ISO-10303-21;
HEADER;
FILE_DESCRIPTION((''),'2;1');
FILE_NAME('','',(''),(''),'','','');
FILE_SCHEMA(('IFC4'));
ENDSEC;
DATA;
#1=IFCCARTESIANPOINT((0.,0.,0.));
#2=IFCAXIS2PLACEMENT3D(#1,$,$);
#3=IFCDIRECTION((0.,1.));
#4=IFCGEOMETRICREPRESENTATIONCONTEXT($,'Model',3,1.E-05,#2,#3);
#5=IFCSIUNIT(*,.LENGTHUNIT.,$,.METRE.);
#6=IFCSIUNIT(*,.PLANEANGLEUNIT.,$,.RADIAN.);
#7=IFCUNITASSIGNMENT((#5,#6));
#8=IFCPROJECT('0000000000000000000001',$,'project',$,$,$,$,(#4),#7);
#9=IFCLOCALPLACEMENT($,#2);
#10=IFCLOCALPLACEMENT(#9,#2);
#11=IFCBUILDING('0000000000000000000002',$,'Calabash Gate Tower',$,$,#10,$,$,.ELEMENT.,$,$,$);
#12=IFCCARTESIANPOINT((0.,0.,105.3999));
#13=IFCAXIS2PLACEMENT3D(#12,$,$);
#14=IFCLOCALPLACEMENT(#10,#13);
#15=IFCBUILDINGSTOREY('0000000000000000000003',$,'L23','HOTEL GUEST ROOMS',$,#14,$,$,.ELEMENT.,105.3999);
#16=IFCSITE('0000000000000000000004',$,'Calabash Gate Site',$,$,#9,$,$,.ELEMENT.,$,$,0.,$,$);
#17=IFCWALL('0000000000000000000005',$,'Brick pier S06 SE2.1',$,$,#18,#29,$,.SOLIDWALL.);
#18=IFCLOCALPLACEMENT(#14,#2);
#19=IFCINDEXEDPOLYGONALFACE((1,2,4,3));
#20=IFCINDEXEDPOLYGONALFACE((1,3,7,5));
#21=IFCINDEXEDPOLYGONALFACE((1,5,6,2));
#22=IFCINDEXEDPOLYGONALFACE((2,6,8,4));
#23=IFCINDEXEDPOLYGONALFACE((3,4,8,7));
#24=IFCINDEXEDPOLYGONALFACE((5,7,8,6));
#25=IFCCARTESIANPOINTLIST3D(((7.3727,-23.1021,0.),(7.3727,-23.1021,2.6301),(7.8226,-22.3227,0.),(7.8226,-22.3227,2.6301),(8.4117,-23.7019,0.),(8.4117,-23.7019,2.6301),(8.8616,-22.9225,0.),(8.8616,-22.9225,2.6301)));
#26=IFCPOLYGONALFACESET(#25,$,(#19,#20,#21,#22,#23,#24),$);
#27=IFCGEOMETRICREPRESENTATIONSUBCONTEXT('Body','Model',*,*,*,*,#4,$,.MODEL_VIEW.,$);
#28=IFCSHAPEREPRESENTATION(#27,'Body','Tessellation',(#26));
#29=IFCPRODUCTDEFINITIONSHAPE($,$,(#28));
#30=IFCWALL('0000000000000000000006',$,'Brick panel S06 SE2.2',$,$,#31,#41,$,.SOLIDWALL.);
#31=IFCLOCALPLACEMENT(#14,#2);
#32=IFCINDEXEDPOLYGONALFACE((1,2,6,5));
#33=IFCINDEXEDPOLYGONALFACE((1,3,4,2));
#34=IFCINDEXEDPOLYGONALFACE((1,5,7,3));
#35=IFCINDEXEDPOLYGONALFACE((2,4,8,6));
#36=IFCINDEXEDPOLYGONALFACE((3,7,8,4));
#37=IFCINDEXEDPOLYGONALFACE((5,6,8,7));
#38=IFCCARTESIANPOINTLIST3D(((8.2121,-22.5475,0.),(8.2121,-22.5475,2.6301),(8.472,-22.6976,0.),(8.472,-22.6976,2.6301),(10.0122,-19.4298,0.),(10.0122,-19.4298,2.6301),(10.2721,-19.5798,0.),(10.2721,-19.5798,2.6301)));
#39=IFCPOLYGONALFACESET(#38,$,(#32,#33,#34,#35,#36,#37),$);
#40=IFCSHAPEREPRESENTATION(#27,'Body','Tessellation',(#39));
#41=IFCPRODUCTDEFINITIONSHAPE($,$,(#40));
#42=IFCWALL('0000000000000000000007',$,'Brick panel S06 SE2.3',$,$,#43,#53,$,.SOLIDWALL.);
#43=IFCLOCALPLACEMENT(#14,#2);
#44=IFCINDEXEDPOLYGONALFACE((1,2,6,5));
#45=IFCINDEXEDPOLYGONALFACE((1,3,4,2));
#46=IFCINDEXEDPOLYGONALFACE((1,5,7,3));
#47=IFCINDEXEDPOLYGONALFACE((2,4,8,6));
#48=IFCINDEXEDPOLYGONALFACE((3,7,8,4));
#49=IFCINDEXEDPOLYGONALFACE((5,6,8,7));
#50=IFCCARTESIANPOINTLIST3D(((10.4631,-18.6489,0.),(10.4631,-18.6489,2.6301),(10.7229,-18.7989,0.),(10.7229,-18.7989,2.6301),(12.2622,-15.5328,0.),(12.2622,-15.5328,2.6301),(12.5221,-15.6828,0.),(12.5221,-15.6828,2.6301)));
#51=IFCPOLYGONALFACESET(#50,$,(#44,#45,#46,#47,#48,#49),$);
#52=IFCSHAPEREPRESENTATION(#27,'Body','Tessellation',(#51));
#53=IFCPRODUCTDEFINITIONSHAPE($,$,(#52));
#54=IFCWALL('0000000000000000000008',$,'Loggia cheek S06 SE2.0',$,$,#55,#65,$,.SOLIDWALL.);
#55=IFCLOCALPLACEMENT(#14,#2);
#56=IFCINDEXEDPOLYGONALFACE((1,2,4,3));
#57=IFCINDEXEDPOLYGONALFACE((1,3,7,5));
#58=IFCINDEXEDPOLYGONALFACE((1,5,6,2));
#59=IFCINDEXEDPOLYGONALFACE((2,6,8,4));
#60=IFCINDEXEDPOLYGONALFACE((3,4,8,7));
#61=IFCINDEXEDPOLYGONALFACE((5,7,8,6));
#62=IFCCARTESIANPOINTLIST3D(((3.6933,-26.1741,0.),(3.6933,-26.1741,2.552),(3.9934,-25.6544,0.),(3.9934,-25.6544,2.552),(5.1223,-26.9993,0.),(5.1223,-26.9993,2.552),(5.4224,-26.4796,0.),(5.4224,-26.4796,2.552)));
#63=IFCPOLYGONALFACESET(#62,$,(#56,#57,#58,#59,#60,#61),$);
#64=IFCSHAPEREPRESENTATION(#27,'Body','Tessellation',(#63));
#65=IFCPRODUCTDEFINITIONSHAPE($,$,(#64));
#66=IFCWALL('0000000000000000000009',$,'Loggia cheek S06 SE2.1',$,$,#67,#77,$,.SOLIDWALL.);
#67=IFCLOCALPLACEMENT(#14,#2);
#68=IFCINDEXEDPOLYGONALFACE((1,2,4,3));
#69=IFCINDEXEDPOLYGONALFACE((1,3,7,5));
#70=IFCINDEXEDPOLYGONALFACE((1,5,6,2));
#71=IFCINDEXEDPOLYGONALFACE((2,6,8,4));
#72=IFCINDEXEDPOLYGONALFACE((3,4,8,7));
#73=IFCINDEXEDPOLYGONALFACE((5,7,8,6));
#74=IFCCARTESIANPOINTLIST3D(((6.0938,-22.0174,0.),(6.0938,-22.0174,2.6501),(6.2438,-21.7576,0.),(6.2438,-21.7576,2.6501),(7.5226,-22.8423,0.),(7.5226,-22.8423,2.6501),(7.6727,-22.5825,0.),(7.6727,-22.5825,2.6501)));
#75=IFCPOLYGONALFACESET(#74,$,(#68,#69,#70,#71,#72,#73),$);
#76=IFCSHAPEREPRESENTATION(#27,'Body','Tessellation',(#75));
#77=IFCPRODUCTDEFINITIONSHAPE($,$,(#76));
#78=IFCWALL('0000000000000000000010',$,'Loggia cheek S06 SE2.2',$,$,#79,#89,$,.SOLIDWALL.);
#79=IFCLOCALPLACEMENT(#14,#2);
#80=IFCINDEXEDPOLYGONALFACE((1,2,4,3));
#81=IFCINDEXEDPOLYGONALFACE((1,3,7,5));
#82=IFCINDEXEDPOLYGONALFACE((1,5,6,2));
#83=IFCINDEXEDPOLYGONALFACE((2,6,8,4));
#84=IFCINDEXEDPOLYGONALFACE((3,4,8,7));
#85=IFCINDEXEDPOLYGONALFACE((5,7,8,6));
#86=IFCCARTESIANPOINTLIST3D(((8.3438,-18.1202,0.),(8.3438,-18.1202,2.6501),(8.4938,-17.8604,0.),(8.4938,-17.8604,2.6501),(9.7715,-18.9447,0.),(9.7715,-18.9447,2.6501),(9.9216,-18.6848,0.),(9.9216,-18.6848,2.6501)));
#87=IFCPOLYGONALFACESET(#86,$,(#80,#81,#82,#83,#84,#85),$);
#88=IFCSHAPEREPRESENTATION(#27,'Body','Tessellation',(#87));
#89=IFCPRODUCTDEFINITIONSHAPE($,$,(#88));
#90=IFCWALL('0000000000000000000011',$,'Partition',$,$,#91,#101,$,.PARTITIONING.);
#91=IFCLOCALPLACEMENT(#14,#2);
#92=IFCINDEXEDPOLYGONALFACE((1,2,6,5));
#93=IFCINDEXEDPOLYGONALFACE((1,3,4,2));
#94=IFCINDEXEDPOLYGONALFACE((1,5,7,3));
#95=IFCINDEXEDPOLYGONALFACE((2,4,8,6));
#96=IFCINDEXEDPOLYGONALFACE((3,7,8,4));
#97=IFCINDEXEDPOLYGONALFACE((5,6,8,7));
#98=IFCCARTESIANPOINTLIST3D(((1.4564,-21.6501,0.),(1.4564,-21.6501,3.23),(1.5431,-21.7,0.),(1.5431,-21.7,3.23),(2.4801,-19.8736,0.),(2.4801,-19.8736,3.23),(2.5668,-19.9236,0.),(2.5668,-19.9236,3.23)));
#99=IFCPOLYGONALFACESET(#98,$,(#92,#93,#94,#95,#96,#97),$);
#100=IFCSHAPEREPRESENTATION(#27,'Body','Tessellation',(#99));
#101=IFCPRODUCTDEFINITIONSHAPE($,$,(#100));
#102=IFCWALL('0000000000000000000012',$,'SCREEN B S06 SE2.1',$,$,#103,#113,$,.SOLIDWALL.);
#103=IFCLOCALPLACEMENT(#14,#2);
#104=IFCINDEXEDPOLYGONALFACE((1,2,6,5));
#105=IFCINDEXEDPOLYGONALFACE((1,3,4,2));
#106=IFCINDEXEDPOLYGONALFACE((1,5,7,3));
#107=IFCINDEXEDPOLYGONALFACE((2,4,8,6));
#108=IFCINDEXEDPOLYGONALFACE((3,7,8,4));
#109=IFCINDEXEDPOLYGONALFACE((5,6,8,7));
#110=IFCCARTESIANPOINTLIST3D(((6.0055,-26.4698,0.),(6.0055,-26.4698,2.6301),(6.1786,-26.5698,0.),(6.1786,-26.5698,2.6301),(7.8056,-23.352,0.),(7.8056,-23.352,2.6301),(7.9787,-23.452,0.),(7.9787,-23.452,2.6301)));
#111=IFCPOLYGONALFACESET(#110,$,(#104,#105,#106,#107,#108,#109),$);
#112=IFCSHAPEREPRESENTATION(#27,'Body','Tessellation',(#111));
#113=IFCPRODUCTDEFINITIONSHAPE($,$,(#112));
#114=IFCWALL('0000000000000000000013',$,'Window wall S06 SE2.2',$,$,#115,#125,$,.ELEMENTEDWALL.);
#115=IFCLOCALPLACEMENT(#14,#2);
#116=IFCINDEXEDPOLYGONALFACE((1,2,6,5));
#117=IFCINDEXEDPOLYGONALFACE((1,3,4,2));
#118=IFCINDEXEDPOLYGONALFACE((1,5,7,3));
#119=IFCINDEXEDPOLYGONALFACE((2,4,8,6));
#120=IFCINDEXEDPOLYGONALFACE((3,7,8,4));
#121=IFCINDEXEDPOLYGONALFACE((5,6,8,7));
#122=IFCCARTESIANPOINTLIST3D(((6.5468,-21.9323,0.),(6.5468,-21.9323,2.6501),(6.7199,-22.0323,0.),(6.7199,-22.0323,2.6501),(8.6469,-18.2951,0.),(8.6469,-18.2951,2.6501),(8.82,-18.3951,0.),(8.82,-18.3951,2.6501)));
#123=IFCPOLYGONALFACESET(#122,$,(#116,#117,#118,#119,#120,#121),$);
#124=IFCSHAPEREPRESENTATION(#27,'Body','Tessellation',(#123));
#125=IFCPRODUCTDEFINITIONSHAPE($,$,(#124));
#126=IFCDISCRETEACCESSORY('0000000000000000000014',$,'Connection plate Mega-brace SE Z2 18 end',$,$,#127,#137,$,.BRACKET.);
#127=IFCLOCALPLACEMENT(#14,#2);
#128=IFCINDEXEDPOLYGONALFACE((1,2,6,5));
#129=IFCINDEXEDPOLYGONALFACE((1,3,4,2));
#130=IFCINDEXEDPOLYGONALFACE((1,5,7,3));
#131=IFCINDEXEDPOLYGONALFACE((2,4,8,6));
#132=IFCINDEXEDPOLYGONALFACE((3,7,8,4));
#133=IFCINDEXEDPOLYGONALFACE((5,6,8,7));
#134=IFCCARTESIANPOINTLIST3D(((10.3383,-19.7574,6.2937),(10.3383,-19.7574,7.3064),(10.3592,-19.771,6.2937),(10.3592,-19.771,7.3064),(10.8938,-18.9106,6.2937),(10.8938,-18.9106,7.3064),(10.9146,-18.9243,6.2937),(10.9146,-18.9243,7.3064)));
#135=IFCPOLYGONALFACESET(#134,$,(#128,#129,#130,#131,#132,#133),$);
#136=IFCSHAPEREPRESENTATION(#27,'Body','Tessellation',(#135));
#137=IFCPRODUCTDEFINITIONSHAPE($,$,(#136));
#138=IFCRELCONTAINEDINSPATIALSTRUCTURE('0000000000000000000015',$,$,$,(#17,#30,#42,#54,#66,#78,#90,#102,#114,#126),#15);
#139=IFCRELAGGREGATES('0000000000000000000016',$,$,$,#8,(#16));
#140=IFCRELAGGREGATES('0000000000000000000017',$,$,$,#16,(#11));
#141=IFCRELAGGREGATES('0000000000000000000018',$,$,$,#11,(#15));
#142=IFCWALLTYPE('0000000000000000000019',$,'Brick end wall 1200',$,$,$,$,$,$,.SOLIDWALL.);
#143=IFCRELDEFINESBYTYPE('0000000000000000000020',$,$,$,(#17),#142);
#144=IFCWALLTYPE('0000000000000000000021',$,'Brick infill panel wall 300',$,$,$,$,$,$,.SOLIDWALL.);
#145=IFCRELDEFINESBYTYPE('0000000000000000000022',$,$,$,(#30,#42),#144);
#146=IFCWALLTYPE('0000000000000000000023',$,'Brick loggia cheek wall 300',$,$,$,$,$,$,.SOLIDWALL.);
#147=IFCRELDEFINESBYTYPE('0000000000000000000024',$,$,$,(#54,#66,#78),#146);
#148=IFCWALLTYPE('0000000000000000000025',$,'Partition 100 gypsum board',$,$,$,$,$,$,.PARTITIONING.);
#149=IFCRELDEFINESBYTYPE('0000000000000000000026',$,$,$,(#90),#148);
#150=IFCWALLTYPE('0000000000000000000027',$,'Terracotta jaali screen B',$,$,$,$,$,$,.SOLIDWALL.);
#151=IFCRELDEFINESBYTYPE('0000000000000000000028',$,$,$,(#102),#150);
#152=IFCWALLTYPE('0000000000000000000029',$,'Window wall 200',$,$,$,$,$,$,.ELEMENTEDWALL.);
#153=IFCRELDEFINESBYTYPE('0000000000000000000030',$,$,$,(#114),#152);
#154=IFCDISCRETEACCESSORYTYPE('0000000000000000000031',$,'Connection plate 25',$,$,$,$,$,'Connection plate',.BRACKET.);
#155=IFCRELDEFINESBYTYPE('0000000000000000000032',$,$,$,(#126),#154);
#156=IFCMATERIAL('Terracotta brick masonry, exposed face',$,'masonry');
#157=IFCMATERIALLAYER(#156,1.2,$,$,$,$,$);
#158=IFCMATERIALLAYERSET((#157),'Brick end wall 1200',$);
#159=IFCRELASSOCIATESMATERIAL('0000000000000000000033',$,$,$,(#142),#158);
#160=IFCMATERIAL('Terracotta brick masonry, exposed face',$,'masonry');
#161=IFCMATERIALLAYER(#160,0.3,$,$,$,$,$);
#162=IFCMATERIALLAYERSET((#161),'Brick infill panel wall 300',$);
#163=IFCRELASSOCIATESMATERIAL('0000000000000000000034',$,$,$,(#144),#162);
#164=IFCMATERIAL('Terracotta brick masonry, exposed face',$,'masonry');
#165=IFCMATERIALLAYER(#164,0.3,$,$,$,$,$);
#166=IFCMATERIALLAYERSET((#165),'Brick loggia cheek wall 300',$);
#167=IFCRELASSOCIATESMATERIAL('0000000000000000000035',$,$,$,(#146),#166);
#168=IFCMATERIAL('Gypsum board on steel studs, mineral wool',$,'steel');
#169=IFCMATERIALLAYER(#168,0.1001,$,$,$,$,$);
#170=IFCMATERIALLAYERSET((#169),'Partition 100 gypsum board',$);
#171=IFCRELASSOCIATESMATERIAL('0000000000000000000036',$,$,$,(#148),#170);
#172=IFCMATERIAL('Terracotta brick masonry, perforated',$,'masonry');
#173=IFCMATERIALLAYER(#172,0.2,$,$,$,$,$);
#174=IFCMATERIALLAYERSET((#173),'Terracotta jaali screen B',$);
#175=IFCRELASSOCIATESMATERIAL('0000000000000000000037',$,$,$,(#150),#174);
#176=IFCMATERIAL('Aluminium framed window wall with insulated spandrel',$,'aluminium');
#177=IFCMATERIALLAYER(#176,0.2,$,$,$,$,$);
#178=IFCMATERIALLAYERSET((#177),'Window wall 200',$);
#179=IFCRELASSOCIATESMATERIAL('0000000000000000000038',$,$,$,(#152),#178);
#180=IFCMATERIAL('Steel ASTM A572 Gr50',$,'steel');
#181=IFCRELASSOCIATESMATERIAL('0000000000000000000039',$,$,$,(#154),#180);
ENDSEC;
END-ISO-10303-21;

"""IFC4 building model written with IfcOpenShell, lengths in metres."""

from ifc_helpers import new_model, si_unit, direction, frame, frame_2d, origin, origin_2d, place, context, subcontext, project, spatial, rectangle, extrude, material, layer, layer_set, type_object, element, save


model = new_model("IFC4")

# Units and contexts
model_context = context("Model", 3, precision=1e-05, world=origin(), true_north=direction((0.0, 1.0)))
body_context = subcontext(model_context, "Body", "Model", "MODEL_VIEW")
ifc_project = project(units=[si_unit("LENGTHUNIT", "METRE"), si_unit("PLANEANGLEUNIT", "RADIAN")], contexts=[model_context])

# Site, building, storey
site_placement = place(None, origin())
site = spatial("IfcSite", under=ifc_project, at=site_placement, Name="Calabash Gate Site", CompositionType="ELEMENT", RefElevation=0.0)
building_placement = place(site_placement, origin())
building = spatial("IfcBuilding", under=site, at=building_placement, Name="Calabash Gate Tower", CompositionType="ELEMENT")
storey_placement = place(building_placement, frame((0.0, 0.0, 105.3999)))
storey = spatial("IfcBuildingStorey", under=building, at=storey_placement, Name="L23", Description="HOTEL GUEST ROOMS", CompositionType="ELEMENT", Elevation=105.3999)

# Walls
ifc_material_1 = material(Name="Terracotta brick masonry, exposed face", Category="masonry")
ifc_layer_1 = layer(ifc_material_1, 1.2)
ifc_layer_set_1 = layer_set([ifc_layer_1], Name="Brick end wall 1200")
wall_type_1 = type_object("IfcWallType", Name="Brick end wall 1200", PredefinedType="SOLIDWALL", material=ifc_layer_set_1)
wall_1_placement = place(storey_placement, frame((7.5977, -22.7124, 0.0), z_axis=(0.0, 0.0, 1.0), x_axis=(0.866043, -0.499969, 0.0)))
element("IfcWall", 1, at=wall_1_placement, inside=storey, type_object=wall_type_1, Name="Brick pier S06 SE2.1", PredefinedType="SOLIDWALL", context=body_context, shape_type="SweptSolid", body=[
    extrude(rectangle(XDim=1.1997, YDim=0.8999, at=frame_2d((0.5999, 0.0))), origin(), (0.0, 0.0, 1.0), 2.6301),
])
ifc_material_2 = material(Name="Terracotta brick masonry, exposed face", Category="masonry")
ifc_layer_2 = layer(ifc_material_2, 0.3)
ifc_layer_set_2 = layer_set([ifc_layer_2], Name="Brick infill panel wall 300")
wall_type_2 = type_object("IfcWallType", Name="Brick infill panel wall 300", PredefinedType="SOLIDWALL", material=ifc_layer_set_2)
wall_2_placement = place(storey_placement, frame((8.342, -22.6226, 0.0), z_axis=(0.0, 0.0, 1.0), x_axis=(0.500012, 0.866018, 0.0)))
element("IfcWall", 2, at=wall_2_placement, inside=storey, type_object=wall_type_2, Name="Brick panel S06 SE2.2", PredefinedType="SOLIDWALL", context=body_context, shape_type="SweptSolid", body=[
    extrude(rectangle(XDim=3.6001, YDim=0.3, at=frame_2d((1.8, 0.0))), origin(), (0.0, 0.0, 1.0), 2.6301),
])
wall_3_placement = place(storey_placement, frame((10.593, -18.7239, 0.0), z_axis=(0.0, 0.0, 1.0), x_axis=(0.500014, 0.866017, 0.0)))
element("IfcWall", 3, at=wall_3_placement, inside=storey, type_object=wall_type_2, Name="Brick panel S06 SE2.3", PredefinedType="SOLIDWALL", context=body_context, shape_type="SweptSolid", body=[
    extrude(rectangle(XDim=3.5981, YDim=0.3, at=frame_2d((1.7991, 0.0))), origin(), (0.0, 0.0, 1.0), 2.6301),
])
ifc_material_3 = material(Name="Terracotta brick masonry, exposed face", Category="masonry")
ifc_layer_3 = layer(ifc_material_3, 0.3)
ifc_layer_set_3 = layer_set([ifc_layer_3], Name="Brick loggia cheek wall 300")
wall_type_3 = type_object("IfcWallType", Name="Brick loggia cheek wall 300", PredefinedType="SOLIDWALL", material=ifc_layer_set_3)
wall_4_placement = place(storey_placement, frame((5.2725, -26.7395, 0.0), z_axis=(0.0, 0.0, 1.0), x_axis=(-0.865976, 0.500085, 0.0)))
element("IfcWall", 4, at=wall_4_placement, inside=storey, type_object=wall_type_3, Name="Loggia cheek S06 SE2.0", PredefinedType="SOLIDWALL", context=body_context, shape_type="SweptSolid", body=[
    extrude(rectangle(XDim=1.6501, YDim=0.6001, at=frame_2d((0.8252, 0.0))), origin(), (0.0, 0.0, 1.0), 2.552),
])
wall_5_placement = place(storey_placement, frame((7.5977, -22.7124, 0.0), z_axis=(0.0, 0.0, 1.0), x_axis=(-0.86604, 0.499974, 0.0)))
element("IfcWall", 5, at=wall_5_placement, inside=storey, type_object=wall_type_3, Name="Loggia cheek S06 SE2.1", PredefinedType="SOLIDWALL", context=body_context, shape_type="SweptSolid", body=[
    extrude(rectangle(XDim=1.6499, YDim=0.3, at=frame_2d((0.825, 0.0))), origin(), (0.0, 0.0, 1.0), 2.6501),
])
wall_6_placement = place(storey_placement, frame((9.8464, -18.8147, 0.0), z_axis=(0.0, 0.0, 1.0), x_axis=(-0.865983, 0.500073, 0.0)))
element("IfcWall", 6, at=wall_6_placement, inside=storey, type_object=wall_type_3, Name="Loggia cheek S06 SE2.2", PredefinedType="SOLIDWALL", context=body_context, shape_type="SweptSolid", body=[
    extrude(rectangle(XDim=1.6487, YDim=0.3, at=frame_2d((0.8242, 0.0))), origin(), (0.0, 0.0, 1.0), 2.6501),
])
ifc_material_4 = material(Name="Gypsum board on steel studs, mineral wool", Category="steel")
ifc_layer_4 = layer(ifc_material_4, 0.1001)
ifc_layer_set_4 = layer_set([ifc_layer_4], Name="Partition 100 gypsum board")
wall_type_4 = type_object("IfcWallType", Name="Partition 100 gypsum board", PredefinedType="PARTITIONING", material=ifc_layer_set_4)
wall_7_placement = place(storey_placement, frame((1.4998, -21.675, 0.0), z_axis=(0.0, 0.0, 1.0), x_axis=(0.499303, 0.866427, 0.0)))
element("IfcWall", 7, at=wall_7_placement, inside=storey, type_object=wall_type_4, Name="Partition", PredefinedType="PARTITIONING", context=body_context, shape_type="SweptSolid", body=[
    extrude(rectangle(XDim=2.0503, YDim=0.1001, at=frame_2d((1.0251, 0.0))), origin(), (0.0, 0.0, 1.0), 3.23),
])
ifc_material_5 = material(Name="Terracotta brick masonry, perforated", Category="masonry")
ifc_layer_5 = layer(ifc_material_5, 0.2)
ifc_layer_set_5 = layer_set([ifc_layer_5], Name="Terracotta jaali screen B")
wall_type_5 = type_object("IfcWallType", Name="Terracotta jaali screen B", PredefinedType="SOLIDWALL", material=ifc_layer_set_5)
wall_8_placement = place(storey_placement, frame((6.092, -26.5198, 0.0), z_axis=(0.0, 0.0, 1.0), x_axis=(0.500012, 0.866018, 0.0)))
element("IfcWall", 8, at=wall_8_placement, inside=storey, type_object=wall_type_5, Name="SCREEN B S06 SE2.1", PredefinedType="SOLIDWALL", context=body_context, shape_type="SweptSolid", body=[
    extrude(rectangle(XDim=3.6001, YDim=0.2, at=frame_2d((1.8, 0.0))), origin(), (0.0, 0.0, 1.0), 2.6301),
])

# Shared definitions
ifc_material_6 = material(Name="Aluminium framed window wall with insulated spandrel", Category="aluminium")
ifc_layer_6 = layer(ifc_material_6, 0.2)
ifc_layer_set_6 = layer_set([ifc_layer_6], Name="Window wall 200")
wall_type_6 = type_object("IfcWallType", Name="Window wall 200", PredefinedType="ELEMENTEDWALL", material=ifc_layer_set_6)

# Wall
wall_9_placement = place(storey_placement, frame((6.6333, -21.9824, 0.0), z_axis=(0.0, 0.0, 1.0), x_axis=(0.500028, 0.866009, 0.0)))
element("IfcWall", 9, at=wall_9_placement, inside=storey, type_object=wall_type_6, Name="Window wall S06 SE2.2", PredefinedType="ELEMENTEDWALL", context=body_context, shape_type="SweptSolid", body=[
    extrude(rectangle(XDim=4.2, YDim=0.2, at=frame_2d((2.1001, 0.0))), origin(), (0.0, 0.0, 1.0), 2.6501),
])

# Discrete accessory
ifc_material_7 = material(Name="Steel ASTM A572 Gr50", Category="steel")
discrete_accessory_type = type_object("IfcDiscreteAccessoryType", Name="Connection plate 25", ElementType="Connection plate", PredefinedType="BRACKET", material=ifc_material_7)
discrete_accessory_placement = place(storey_placement, frame((10.6265, -19.3408, 6.2937), z_axis=(0.0, 0.0, 1.0), x_axis=(-0.54847, -0.83617, 0.0)))
element("IfcDiscreteAccessory", 10, at=discrete_accessory_placement, inside=storey, type_object=discrete_accessory_type, Name="Connection plate Mega-brace SE Z2 18 end", PredefinedType="BRACKET", context=body_context, shape_type="SweptSolid", body=[
    extrude(rectangle(XDim=1.0127, YDim=0.0249, at=origin_2d()), origin(), (0.0, 0.0, 1.0), 1.0127),
])

save(model, "model.ifc")
